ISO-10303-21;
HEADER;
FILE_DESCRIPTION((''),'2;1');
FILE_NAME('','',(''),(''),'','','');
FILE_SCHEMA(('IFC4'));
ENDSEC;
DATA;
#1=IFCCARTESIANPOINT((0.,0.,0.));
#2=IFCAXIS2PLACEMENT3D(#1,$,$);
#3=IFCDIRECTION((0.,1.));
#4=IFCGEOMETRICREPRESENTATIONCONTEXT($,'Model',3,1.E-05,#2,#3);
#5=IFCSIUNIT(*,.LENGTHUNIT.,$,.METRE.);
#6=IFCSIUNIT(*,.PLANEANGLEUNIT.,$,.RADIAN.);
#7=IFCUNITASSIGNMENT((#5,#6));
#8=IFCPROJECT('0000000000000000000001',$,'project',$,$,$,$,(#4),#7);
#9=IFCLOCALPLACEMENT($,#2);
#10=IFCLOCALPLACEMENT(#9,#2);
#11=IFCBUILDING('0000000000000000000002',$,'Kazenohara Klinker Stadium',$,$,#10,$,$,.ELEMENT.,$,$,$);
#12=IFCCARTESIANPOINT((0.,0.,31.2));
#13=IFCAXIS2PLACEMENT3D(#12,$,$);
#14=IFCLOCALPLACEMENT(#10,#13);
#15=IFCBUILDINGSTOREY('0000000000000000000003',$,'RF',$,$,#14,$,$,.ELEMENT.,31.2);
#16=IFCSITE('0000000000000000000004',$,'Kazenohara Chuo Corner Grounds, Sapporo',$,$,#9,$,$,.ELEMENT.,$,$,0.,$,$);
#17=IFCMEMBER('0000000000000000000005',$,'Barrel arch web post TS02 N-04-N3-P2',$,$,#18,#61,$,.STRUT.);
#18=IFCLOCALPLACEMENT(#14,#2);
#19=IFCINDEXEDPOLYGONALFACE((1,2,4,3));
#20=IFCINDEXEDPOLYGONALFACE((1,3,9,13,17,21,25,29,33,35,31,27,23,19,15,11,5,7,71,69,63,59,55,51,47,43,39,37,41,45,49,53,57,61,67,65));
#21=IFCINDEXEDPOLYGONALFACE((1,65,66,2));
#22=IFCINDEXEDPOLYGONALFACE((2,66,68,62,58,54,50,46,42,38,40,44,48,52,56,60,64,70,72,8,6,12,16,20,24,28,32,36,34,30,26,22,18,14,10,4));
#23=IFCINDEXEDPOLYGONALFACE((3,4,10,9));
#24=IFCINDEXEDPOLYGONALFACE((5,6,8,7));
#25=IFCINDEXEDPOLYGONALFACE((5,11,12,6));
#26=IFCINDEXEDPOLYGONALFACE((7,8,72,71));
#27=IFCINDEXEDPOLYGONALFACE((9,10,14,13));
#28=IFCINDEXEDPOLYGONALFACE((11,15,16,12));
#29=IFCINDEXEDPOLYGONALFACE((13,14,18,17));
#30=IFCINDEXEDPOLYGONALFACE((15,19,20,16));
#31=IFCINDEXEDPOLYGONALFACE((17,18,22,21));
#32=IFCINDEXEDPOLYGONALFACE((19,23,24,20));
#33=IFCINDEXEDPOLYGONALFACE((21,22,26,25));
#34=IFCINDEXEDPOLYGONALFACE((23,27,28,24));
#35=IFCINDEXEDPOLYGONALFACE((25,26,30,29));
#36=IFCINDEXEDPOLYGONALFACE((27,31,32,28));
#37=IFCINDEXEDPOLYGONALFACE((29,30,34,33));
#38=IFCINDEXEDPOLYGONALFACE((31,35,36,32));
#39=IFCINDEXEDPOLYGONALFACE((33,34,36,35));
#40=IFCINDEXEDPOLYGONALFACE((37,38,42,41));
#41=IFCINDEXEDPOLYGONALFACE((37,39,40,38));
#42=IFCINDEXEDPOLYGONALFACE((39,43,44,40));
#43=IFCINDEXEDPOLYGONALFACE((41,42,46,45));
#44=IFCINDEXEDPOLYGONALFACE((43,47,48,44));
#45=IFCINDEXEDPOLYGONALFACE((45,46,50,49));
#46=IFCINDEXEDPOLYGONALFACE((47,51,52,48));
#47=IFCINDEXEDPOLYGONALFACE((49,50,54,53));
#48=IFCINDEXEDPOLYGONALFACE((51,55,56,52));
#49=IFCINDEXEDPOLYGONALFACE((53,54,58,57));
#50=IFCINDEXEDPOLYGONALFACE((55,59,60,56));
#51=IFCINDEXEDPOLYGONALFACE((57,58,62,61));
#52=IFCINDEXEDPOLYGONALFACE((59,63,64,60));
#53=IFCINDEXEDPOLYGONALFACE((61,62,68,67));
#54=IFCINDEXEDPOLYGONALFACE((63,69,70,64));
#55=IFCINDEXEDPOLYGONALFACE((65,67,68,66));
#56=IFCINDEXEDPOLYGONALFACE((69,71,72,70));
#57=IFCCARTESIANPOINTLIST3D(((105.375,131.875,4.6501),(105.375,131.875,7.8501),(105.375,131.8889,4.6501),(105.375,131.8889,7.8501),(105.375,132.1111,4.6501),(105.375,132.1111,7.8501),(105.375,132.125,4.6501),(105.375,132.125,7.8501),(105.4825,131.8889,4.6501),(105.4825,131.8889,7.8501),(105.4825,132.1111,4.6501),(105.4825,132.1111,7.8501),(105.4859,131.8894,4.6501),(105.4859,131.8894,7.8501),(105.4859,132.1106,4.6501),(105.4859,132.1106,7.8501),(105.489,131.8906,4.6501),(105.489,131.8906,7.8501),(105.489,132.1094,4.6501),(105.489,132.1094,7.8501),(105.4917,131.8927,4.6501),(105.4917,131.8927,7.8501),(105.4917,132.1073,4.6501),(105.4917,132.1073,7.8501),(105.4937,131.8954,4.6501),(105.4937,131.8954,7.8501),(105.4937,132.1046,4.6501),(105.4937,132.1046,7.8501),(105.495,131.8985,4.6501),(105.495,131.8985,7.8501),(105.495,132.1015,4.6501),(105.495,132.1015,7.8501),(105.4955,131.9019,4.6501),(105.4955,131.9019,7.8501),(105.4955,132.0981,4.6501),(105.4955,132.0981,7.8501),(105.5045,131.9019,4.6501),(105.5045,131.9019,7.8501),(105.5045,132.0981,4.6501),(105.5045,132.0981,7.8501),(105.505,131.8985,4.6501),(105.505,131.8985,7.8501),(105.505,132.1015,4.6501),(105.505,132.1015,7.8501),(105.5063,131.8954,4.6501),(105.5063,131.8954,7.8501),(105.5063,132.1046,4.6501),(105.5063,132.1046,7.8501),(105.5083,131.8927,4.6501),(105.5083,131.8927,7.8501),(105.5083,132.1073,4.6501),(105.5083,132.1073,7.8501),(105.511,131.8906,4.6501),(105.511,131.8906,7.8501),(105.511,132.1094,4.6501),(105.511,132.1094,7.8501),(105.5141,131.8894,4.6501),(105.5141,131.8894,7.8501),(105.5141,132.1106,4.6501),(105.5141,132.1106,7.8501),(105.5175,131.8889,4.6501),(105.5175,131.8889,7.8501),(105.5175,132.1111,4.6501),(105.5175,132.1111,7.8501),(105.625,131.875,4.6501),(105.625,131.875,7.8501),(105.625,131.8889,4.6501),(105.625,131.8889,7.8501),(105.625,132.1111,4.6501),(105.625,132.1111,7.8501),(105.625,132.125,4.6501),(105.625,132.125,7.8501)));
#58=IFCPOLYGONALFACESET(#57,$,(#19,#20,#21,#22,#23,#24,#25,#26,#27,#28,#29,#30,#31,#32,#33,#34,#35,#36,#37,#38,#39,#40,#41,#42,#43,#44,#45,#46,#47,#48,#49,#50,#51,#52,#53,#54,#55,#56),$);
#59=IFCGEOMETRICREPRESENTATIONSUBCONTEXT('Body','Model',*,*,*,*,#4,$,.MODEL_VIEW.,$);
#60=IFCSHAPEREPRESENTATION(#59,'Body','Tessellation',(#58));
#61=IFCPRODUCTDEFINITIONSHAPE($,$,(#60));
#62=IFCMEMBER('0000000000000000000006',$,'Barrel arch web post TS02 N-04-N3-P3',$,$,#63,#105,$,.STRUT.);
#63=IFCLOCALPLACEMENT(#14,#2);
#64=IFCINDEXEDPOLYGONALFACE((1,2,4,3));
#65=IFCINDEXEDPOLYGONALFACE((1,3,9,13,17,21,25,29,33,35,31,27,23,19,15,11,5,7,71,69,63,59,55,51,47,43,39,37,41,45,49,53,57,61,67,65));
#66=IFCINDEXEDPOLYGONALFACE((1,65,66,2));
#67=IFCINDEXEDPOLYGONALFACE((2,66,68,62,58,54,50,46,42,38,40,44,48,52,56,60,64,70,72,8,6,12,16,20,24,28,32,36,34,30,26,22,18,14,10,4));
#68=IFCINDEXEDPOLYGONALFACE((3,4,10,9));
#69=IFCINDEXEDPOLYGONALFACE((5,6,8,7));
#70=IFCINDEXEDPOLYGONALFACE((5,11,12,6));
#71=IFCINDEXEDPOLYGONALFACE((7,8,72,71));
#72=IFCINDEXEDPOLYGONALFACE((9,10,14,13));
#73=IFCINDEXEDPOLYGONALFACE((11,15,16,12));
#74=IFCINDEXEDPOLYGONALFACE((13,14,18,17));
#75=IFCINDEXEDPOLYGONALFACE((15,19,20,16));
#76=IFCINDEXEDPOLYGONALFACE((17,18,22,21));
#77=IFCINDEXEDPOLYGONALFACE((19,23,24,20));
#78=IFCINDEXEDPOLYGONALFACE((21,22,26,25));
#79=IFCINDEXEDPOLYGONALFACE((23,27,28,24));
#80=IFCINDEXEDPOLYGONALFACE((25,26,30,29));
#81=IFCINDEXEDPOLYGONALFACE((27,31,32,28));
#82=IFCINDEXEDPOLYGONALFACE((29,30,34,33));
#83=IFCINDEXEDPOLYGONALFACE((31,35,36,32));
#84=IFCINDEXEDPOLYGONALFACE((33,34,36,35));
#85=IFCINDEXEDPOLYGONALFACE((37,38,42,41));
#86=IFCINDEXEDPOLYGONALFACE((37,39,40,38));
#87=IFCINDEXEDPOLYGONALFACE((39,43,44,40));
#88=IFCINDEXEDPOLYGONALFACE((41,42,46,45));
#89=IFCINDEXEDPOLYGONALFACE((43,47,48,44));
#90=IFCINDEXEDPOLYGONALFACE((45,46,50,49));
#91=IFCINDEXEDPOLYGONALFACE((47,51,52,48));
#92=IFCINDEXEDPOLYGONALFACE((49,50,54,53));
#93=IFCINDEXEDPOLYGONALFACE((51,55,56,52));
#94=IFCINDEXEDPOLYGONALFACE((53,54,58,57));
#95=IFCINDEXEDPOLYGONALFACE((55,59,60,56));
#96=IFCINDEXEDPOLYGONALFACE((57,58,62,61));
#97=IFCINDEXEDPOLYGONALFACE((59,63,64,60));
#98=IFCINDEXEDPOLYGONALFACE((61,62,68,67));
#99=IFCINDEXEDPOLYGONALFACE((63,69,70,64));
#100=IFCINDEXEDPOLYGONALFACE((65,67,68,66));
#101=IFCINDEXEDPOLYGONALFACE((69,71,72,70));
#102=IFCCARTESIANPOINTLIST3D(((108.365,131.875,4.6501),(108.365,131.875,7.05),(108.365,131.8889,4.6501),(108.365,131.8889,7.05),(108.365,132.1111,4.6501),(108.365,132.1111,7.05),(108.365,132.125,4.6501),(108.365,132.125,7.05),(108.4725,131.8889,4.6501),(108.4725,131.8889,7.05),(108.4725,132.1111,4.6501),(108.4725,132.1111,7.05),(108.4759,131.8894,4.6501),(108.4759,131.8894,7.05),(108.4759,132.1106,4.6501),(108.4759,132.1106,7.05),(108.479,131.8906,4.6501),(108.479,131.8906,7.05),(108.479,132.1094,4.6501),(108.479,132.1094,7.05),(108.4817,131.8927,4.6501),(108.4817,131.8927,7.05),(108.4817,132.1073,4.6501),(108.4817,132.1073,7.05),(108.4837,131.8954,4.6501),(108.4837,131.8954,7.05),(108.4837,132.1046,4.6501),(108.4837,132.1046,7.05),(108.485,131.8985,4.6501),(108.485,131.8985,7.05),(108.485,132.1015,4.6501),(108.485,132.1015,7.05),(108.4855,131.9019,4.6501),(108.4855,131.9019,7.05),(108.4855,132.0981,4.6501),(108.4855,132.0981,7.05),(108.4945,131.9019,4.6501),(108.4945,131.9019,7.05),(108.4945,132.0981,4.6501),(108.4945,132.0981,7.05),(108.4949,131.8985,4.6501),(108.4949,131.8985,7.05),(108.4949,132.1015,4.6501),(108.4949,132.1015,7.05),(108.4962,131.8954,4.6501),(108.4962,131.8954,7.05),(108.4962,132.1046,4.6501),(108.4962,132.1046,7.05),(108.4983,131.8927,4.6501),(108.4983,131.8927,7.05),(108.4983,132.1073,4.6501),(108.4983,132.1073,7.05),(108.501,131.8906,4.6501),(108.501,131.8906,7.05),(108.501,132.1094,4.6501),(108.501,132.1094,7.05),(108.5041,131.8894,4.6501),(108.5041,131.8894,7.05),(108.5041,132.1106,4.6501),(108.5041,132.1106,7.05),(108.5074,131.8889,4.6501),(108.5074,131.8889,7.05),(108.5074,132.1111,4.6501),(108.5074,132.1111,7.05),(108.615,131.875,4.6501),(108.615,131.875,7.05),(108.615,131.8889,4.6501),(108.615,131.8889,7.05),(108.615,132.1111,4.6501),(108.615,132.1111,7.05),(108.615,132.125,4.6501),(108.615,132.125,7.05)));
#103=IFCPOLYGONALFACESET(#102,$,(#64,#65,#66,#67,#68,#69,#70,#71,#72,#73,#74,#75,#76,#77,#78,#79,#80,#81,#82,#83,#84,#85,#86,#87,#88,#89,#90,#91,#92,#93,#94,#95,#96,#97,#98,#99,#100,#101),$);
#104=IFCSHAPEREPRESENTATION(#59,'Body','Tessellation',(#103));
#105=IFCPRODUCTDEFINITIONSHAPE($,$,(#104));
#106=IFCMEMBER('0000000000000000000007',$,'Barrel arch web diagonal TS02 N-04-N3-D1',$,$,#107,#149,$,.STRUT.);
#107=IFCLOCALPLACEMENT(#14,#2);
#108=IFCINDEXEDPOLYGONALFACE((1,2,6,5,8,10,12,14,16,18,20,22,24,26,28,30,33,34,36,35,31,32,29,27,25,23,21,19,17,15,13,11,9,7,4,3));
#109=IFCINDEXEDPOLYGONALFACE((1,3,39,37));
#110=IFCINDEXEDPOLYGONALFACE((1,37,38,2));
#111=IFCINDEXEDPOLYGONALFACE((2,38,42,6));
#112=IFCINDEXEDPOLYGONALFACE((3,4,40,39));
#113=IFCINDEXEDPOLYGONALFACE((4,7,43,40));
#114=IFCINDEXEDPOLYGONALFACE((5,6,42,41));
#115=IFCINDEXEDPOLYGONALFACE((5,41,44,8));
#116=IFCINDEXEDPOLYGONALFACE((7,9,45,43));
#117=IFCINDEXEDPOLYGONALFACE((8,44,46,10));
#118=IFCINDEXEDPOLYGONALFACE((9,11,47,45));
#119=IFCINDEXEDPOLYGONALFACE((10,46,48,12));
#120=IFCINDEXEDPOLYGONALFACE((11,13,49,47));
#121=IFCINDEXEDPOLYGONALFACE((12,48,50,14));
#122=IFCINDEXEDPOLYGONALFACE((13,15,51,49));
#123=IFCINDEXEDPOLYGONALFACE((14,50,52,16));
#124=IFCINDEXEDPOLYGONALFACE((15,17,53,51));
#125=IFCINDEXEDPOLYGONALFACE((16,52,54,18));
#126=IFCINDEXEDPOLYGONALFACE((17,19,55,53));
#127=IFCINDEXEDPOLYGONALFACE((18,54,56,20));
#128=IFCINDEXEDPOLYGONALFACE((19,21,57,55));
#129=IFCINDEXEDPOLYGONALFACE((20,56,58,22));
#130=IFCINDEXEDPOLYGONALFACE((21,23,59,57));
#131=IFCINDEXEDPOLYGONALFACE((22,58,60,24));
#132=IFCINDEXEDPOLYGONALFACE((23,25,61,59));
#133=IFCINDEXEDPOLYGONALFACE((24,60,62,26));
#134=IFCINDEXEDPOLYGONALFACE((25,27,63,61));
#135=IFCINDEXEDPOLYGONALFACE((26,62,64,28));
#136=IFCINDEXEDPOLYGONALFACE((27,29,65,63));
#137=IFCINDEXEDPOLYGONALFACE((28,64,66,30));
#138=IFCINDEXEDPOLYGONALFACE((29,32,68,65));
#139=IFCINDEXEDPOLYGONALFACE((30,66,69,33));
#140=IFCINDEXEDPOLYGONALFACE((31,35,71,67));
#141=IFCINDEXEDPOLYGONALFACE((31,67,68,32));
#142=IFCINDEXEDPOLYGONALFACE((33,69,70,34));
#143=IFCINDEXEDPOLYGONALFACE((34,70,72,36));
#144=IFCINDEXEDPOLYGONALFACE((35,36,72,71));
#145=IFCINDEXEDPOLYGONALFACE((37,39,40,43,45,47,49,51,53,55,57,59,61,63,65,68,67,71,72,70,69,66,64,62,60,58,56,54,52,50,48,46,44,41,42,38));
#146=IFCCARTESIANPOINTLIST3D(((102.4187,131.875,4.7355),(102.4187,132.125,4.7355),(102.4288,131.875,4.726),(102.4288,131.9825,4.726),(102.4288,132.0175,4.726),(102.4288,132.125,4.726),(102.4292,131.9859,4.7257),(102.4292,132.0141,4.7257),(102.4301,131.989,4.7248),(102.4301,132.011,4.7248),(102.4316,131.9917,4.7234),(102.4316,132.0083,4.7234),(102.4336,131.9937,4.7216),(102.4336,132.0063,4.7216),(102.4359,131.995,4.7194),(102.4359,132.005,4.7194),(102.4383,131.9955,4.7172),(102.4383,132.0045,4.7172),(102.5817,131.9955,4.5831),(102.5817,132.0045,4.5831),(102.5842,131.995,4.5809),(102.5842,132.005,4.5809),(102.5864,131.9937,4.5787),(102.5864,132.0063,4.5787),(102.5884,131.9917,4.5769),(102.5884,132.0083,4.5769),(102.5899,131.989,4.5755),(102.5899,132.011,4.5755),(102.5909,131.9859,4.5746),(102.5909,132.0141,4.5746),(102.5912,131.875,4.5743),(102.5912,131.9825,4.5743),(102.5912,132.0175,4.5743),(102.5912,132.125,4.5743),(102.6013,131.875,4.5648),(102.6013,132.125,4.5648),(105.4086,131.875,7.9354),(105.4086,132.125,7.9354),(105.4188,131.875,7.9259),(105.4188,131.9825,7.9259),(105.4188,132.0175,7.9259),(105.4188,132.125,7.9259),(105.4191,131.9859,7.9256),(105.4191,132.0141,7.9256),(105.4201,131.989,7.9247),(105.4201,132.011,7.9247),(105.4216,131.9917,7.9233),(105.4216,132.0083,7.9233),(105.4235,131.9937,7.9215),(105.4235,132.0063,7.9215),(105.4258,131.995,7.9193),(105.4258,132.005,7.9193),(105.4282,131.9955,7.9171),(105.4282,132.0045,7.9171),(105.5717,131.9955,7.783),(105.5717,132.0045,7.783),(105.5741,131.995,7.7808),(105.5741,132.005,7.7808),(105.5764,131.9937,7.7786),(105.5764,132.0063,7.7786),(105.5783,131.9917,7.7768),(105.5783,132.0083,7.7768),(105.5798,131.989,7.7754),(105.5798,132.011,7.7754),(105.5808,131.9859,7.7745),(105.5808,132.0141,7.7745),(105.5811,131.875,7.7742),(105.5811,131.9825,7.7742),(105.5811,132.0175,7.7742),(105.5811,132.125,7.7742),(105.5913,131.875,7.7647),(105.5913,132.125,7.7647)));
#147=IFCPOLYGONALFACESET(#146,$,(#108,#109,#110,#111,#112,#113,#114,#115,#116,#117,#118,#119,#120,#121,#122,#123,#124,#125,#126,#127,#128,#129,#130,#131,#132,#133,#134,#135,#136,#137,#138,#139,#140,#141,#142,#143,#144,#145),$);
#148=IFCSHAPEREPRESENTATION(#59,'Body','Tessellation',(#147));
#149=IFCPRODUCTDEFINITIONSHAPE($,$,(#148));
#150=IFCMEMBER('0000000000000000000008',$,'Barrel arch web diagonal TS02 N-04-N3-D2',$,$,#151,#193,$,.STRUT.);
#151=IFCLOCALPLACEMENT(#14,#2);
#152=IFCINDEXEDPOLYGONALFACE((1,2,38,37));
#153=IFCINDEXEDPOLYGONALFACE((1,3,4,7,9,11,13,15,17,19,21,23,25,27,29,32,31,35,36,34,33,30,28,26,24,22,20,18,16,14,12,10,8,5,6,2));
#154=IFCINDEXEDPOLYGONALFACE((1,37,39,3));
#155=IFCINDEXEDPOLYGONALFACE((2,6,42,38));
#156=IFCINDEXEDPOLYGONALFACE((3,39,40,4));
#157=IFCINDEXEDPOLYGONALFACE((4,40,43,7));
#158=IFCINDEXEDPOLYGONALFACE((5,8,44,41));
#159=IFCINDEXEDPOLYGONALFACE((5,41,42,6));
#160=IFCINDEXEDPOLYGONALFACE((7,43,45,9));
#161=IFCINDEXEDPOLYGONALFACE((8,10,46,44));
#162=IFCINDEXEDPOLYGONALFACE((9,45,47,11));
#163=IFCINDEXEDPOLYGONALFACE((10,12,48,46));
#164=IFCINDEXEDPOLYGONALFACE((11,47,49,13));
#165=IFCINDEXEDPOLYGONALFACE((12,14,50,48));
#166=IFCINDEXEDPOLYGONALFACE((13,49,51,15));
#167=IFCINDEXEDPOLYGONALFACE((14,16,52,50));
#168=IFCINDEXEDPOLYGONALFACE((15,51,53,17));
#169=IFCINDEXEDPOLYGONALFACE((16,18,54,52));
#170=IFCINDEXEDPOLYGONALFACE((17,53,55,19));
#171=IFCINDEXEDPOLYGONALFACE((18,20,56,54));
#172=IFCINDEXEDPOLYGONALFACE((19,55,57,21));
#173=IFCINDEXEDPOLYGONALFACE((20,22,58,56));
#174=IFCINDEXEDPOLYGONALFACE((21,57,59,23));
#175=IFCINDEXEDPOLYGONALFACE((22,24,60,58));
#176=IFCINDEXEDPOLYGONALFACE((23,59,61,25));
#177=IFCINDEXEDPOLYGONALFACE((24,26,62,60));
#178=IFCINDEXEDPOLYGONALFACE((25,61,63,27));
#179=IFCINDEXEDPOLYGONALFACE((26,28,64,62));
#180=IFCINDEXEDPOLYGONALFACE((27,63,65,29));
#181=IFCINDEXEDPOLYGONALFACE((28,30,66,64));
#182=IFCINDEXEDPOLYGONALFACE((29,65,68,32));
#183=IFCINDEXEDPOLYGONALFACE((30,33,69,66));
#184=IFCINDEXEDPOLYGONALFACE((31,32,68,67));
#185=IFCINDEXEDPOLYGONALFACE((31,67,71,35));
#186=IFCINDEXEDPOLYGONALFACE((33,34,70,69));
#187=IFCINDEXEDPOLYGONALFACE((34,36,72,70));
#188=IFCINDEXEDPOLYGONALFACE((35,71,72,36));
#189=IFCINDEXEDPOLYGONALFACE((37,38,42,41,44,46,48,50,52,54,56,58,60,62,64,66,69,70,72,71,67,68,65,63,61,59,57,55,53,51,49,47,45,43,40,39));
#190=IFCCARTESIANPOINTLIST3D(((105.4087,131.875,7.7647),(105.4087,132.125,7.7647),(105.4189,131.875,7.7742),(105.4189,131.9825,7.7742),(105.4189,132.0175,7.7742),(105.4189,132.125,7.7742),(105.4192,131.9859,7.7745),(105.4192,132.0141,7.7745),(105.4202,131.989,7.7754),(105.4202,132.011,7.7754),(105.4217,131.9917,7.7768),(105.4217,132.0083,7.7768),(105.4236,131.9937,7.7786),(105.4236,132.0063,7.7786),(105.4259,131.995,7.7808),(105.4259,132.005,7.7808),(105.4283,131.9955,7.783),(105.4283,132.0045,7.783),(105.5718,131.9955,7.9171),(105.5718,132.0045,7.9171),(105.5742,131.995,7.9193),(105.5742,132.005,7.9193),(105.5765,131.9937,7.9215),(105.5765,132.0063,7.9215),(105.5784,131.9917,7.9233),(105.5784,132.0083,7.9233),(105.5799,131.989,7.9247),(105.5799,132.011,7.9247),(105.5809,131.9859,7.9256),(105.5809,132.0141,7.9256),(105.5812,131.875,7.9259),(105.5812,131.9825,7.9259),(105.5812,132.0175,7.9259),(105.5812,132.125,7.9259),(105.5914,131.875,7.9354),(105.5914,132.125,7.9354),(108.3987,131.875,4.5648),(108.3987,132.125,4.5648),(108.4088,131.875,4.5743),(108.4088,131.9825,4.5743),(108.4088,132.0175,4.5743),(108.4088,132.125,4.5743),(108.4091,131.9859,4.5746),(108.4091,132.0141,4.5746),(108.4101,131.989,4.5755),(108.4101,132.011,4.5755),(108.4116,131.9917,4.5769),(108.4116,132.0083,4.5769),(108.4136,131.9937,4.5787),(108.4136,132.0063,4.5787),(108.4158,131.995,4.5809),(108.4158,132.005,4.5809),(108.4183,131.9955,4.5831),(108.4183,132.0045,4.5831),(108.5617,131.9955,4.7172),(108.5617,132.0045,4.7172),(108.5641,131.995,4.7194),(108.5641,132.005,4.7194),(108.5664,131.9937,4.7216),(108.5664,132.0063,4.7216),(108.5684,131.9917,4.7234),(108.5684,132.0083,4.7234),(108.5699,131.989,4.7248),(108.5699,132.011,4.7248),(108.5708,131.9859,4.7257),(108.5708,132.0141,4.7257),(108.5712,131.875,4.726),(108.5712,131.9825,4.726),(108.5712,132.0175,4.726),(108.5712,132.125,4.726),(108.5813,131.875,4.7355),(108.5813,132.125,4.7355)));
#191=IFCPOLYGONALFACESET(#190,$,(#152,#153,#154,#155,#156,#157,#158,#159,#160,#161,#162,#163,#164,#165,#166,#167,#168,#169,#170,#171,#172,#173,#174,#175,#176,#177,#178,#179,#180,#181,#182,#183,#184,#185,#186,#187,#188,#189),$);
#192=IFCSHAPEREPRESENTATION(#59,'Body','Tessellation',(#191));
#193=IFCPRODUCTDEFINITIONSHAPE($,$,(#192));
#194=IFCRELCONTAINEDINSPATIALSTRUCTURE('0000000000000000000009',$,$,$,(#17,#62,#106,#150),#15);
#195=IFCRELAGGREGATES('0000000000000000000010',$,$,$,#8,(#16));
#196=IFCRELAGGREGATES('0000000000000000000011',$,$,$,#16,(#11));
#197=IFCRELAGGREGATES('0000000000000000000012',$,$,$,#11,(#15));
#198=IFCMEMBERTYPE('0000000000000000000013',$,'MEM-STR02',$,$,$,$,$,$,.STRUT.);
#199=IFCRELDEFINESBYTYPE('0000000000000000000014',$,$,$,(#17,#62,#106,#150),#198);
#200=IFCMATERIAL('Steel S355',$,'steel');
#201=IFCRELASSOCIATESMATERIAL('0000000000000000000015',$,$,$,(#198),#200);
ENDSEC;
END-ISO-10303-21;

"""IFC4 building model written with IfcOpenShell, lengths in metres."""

from ifc_helpers import new_model, si_unit, direction, frame, origin, origin_2d, place, context, subcontext, project, spatial, i_section, extrude, material, material_profile, profile_set, type_object, element, save


model = new_model("IFC4")

# Units and contexts
model_context = context("Model", 3, precision=1e-05, world=origin(), true_north=direction((0.0, 1.0)))
body_context = subcontext(model_context, "Body", "Model", "MODEL_VIEW")
ifc_project = project(units=[si_unit("LENGTHUNIT", "METRE"), si_unit("PLANEANGLEUNIT", "RADIAN")], contexts=[model_context])

# Site, building, storey
site_placement = place(None, origin())
site = spatial("IfcSite", under=ifc_project, at=site_placement, Name="Kazenohara Chuo Corner Grounds, Sapporo", CompositionType="ELEMENT", RefElevation=0.0)
building_placement = place(site_placement, origin())
building = spatial("IfcBuilding", under=site, at=building_placement, Name="Kazenohara Klinker Stadium", CompositionType="ELEMENT")
storey_placement = place(building_placement, frame((0.0, 0.0, 31.2)))
storey = spatial("IfcBuildingStorey", under=building, at=storey_placement, Name="RF", CompositionType="ELEMENT", Elevation=31.2)

# Members
ifc_material_1 = material(Name="Steel S355", Category="steel")
ifc_material_profile_1 = material_profile(ifc_material_1, i_section(OverallWidth=0.25, OverallDepth=0.25, WebThickness=0.009, FlangeThickness=0.0139, FilletRadius=0.0129, at=origin_2d()), Name="H-250x250x9x14")
ifc_profile_set_1 = profile_set([ifc_material_profile_1], Name="Steel S355")
member_type_1 = type_object("IfcMemberType", Name="MEM-STR02", PredefinedType="STRUT", material=ifc_profile_set_1)
member_1_placement = place(storey_placement, frame((105.5, 132.0, 4.6501), z_axis=(0.0, 0.0, 1.0), x_axis=(1.0, 0.0, 0.0)))
element("IfcMember", 1, at=member_1_placement, inside=storey, type_object=member_type_1, Name="Barrel arch web post TS02 N-04-N3-P2", PredefinedType="STRUT", context=body_context, shape_type="SweptSolid", body=[
    extrude(i_section(OverallWidth=0.25, OverallDepth=0.25, WebThickness=0.009, FlangeThickness=0.0139, FilletRadius=0.0129, at=origin_2d()), origin(), (0.0, 0.0, 1.0), 3.2),
])
member_2_placement = place(storey_placement, frame((108.49, 132.0, 4.6501), z_axis=(0.0, 0.0, 1.0), x_axis=(1.0, 0.0, 0.0)))
element("IfcMember", 2, at=member_2_placement, inside=storey, type_object=member_type_1, Name="Barrel arch web post TS02 N-04-N3-P3", PredefinedType="STRUT", context=body_context, shape_type="SweptSolid", body=[
    extrude(i_section(OverallWidth=0.25, OverallDepth=0.25, WebThickness=0.009, FlangeThickness=0.0139, FilletRadius=0.0129, at=origin_2d()), origin(), (0.0, 0.0, 1.0), 2.3999),
])
for number, where, z_axis, x_axis, name in (
    (3, (102.51, 132.0, 4.6501), (0.682729, 0.0, 0.730671), (0.0, 1.0, 0.0), "Barrel arch web diagonal TS02 N-04-N3-D1"),
    (4, (108.49, 132.0, 4.6501), (-0.682729, 0.0, 0.730671), (0.0, -1.0, 0.0), "Barrel arch web diagonal TS02 N-04-N3-D2"),
):
    element("IfcMember", number, at=place(storey_placement, frame(where, z_axis=z_axis, x_axis=x_axis)), inside=storey, type_object=member_type_1, Name=name, PredefinedType="STRUT", context=body_context, shape_type="SweptSolid", body=[
        extrude(i_section(OverallWidth=0.25, OverallDepth=0.25, WebThickness=0.009, FlangeThickness=0.0139, FilletRadius=0.0129, at=origin_2d()), origin(), (0.0, 0.0, 1.0), 4.3794),
    ])

save(model, "model.ifc")
